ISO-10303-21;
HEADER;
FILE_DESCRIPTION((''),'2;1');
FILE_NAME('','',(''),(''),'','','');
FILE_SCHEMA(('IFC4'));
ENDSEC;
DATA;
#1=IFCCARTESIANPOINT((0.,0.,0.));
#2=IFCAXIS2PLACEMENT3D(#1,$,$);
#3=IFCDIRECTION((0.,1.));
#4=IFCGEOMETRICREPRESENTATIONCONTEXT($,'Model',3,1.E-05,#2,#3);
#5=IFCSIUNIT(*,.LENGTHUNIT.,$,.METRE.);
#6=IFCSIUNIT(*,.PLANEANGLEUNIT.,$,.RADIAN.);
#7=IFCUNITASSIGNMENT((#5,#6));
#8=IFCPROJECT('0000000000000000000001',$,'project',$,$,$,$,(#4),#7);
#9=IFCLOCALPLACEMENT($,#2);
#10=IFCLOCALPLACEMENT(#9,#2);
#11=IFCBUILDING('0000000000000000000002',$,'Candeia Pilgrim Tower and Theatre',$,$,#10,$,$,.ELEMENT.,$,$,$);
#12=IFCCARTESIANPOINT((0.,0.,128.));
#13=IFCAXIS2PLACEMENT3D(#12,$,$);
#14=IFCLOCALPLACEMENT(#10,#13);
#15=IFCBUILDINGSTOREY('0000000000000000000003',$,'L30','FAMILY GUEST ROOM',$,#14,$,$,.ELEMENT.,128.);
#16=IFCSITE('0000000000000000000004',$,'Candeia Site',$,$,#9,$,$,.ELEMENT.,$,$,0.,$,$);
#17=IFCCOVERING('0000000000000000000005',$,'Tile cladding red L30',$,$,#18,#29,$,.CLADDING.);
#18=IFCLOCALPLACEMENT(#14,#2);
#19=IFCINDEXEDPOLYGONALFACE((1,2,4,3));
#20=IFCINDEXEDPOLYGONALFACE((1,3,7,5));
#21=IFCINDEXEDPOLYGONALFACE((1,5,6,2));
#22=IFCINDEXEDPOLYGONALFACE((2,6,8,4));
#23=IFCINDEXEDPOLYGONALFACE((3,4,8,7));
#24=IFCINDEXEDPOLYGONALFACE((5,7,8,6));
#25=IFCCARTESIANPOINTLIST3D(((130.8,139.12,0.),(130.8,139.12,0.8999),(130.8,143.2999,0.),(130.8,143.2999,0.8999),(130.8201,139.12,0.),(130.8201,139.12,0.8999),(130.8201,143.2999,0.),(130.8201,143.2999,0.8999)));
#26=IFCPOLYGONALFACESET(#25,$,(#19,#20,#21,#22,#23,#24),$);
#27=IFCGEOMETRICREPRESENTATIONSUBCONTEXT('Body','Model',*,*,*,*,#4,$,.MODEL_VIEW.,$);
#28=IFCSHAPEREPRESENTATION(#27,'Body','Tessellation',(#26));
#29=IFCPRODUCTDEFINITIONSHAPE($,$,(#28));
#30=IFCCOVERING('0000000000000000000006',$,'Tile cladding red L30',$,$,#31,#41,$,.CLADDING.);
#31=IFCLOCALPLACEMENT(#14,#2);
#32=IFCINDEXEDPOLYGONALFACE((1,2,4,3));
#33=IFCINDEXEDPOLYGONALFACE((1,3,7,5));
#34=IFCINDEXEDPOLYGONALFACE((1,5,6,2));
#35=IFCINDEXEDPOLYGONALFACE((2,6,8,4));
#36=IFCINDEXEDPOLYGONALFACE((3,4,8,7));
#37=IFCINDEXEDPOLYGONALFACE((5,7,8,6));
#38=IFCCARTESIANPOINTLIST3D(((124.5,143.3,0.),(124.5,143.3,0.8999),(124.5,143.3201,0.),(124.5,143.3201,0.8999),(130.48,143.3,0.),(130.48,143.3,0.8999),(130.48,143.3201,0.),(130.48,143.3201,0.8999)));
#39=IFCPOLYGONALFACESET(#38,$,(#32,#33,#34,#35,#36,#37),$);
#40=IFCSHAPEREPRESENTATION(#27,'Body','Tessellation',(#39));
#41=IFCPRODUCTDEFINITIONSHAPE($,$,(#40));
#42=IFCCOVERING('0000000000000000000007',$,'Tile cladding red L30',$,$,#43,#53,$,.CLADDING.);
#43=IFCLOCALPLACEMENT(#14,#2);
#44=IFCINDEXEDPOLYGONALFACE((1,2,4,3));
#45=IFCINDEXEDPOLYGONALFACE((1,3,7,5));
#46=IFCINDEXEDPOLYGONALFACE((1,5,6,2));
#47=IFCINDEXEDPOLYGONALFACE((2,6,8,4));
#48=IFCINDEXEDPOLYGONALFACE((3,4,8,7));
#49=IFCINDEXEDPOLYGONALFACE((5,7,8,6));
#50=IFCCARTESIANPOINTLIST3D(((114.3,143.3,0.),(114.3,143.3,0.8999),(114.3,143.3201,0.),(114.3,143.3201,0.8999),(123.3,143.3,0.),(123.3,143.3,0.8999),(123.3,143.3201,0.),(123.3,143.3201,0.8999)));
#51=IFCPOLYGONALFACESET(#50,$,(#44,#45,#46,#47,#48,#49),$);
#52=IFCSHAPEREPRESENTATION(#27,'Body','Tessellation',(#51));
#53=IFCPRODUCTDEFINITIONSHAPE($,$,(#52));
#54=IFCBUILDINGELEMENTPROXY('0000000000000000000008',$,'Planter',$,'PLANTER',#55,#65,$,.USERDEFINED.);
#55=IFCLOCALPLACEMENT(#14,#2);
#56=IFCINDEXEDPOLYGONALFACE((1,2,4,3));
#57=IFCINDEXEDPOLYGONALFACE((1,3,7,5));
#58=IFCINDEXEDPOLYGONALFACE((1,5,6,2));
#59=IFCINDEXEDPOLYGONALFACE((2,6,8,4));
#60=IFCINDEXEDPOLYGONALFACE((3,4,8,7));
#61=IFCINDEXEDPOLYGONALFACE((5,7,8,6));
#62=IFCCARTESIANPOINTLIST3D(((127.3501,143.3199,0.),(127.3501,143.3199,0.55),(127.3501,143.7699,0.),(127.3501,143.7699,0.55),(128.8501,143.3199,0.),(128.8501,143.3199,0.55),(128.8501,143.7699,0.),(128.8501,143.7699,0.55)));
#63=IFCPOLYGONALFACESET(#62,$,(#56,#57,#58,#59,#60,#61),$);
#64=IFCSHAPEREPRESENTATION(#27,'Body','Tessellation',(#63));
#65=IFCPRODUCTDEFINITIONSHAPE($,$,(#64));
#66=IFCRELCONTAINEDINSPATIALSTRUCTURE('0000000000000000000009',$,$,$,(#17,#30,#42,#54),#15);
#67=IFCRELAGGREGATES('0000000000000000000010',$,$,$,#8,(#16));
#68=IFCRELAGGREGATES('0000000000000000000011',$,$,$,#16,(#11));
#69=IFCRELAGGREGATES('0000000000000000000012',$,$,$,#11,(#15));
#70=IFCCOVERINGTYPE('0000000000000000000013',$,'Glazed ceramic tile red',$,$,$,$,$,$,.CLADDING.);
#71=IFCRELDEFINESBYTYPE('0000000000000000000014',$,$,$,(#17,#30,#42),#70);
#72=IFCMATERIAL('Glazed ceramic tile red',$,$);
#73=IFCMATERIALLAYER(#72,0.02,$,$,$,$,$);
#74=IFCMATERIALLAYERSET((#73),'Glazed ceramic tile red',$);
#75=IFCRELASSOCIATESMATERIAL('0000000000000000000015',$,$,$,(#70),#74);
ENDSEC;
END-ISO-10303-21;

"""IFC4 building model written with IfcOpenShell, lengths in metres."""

from ifc_helpers import new_model, si_unit, direction, frame, origin, origin_2d, place, context, subcontext, project, spatial, rectangle, extrude, material, layer, layer_set, type_object, element, save


model = new_model("IFC4")

# Units and contexts
model_context = context("Model", 3, precision=1e-05, world=origin(), true_north=direction((0.0, 1.0)))
body_context = subcontext(model_context, "Body", "Model", "MODEL_VIEW")
ifc_project = project(units=[si_unit("LENGTHUNIT", "METRE"), si_unit("PLANEANGLEUNIT", "RADIAN")], contexts=[model_context])

# Site, building, storey
site_placement = place(None, origin())
site = spatial("IfcSite", under=ifc_project, at=site_placement, Name="Candeia Site", CompositionType="ELEMENT", RefElevation=0.0)
building_placement = place(site_placement, origin())
building = spatial("IfcBuilding", under=site, at=building_placement, Name="Candeia Pilgrim Tower and Theatre", CompositionType="ELEMENT")
storey_placement = place(building_placement, frame((0.0, 0.0, 128.0)))
storey = spatial("IfcBuildingStorey", under=building, at=storey_placement, Name="L30", Description="FAMILY GUEST ROOM", CompositionType="ELEMENT", Elevation=128.0)

# Coverings
ifc_material_1 = material(Name="Glazed ceramic tile red")
ifc_layer_1 = layer(ifc_material_1, 0.02)
ifc_layer_set_1 = layer_set([ifc_layer_1], Name="Glazed ceramic tile red")
covering_type = type_object("IfcCoveringType", Name="Glazed ceramic tile red", PredefinedType="CLADDING", material=ifc_layer_set_1)
covering_1_placement = place(storey_placement, frame((130.8101, 141.21, 0.0), z_axis=(0.0, 0.0, 1.0), x_axis=(0.0, 1.0, 0.0)))
element("IfcCovering", 1, at=covering_1_placement, inside=storey, type_object=covering_type, Name="Tile cladding red L30", PredefinedType="CLADDING", context=body_context, shape_type="SweptSolid", body=[
    extrude(rectangle(XDim=4.1799, YDim=0.02, at=origin_2d()), origin(), (0.0, 0.0, 1.0), 0.8999),
])
covering_2_placement = place(storey_placement, frame((127.49, 143.3101, 0.0), z_axis=(0.0, 0.0, 1.0), x_axis=(-1.0, 0.0, 0.0)))
element("IfcCovering", 2, at=covering_2_placement, inside=storey, type_object=covering_type, Name="Tile cladding red L30", PredefinedType="CLADDING", context=body_context, shape_type="SweptSolid", body=[
    extrude(rectangle(XDim=5.98, YDim=0.02, at=origin_2d()), origin(), (0.0, 0.0, 1.0), 0.8999),
])
covering_3_placement = place(storey_placement, frame((118.8, 143.3101, 0.0), z_axis=(0.0, 0.0, 1.0), x_axis=(-1.0, 0.0, 0.0)))
element("IfcCovering", 3, at=covering_3_placement, inside=storey, type_object=covering_type, Name="Tile cladding red L30", PredefinedType="CLADDING", context=body_context, shape_type="SweptSolid", body=[
    extrude(rectangle(XDim=9.0, YDim=0.02, at=origin_2d()), origin(), (0.0, 0.0, 1.0), 0.8999),
])

# Building element proxy
proxy_placement = place(storey_placement, frame((128.1001, 143.5449, 0.0), z_axis=(0.0, 0.0, 1.0), x_axis=(-1.0, 0.0, 0.0)))
element("IfcBuildingElementProxy", 4, at=proxy_placement, inside=storey, Name="Planter", ObjectType="PLANTER", PredefinedType="USERDEFINED", context=body_context, shape_type="SweptSolid", body=[
    extrude(rectangle(XDim=1.5, YDim=0.45, at=origin_2d()), origin(), (0.0, 0.0, 1.0), 0.55),
])

save(model, "model.ifc")
